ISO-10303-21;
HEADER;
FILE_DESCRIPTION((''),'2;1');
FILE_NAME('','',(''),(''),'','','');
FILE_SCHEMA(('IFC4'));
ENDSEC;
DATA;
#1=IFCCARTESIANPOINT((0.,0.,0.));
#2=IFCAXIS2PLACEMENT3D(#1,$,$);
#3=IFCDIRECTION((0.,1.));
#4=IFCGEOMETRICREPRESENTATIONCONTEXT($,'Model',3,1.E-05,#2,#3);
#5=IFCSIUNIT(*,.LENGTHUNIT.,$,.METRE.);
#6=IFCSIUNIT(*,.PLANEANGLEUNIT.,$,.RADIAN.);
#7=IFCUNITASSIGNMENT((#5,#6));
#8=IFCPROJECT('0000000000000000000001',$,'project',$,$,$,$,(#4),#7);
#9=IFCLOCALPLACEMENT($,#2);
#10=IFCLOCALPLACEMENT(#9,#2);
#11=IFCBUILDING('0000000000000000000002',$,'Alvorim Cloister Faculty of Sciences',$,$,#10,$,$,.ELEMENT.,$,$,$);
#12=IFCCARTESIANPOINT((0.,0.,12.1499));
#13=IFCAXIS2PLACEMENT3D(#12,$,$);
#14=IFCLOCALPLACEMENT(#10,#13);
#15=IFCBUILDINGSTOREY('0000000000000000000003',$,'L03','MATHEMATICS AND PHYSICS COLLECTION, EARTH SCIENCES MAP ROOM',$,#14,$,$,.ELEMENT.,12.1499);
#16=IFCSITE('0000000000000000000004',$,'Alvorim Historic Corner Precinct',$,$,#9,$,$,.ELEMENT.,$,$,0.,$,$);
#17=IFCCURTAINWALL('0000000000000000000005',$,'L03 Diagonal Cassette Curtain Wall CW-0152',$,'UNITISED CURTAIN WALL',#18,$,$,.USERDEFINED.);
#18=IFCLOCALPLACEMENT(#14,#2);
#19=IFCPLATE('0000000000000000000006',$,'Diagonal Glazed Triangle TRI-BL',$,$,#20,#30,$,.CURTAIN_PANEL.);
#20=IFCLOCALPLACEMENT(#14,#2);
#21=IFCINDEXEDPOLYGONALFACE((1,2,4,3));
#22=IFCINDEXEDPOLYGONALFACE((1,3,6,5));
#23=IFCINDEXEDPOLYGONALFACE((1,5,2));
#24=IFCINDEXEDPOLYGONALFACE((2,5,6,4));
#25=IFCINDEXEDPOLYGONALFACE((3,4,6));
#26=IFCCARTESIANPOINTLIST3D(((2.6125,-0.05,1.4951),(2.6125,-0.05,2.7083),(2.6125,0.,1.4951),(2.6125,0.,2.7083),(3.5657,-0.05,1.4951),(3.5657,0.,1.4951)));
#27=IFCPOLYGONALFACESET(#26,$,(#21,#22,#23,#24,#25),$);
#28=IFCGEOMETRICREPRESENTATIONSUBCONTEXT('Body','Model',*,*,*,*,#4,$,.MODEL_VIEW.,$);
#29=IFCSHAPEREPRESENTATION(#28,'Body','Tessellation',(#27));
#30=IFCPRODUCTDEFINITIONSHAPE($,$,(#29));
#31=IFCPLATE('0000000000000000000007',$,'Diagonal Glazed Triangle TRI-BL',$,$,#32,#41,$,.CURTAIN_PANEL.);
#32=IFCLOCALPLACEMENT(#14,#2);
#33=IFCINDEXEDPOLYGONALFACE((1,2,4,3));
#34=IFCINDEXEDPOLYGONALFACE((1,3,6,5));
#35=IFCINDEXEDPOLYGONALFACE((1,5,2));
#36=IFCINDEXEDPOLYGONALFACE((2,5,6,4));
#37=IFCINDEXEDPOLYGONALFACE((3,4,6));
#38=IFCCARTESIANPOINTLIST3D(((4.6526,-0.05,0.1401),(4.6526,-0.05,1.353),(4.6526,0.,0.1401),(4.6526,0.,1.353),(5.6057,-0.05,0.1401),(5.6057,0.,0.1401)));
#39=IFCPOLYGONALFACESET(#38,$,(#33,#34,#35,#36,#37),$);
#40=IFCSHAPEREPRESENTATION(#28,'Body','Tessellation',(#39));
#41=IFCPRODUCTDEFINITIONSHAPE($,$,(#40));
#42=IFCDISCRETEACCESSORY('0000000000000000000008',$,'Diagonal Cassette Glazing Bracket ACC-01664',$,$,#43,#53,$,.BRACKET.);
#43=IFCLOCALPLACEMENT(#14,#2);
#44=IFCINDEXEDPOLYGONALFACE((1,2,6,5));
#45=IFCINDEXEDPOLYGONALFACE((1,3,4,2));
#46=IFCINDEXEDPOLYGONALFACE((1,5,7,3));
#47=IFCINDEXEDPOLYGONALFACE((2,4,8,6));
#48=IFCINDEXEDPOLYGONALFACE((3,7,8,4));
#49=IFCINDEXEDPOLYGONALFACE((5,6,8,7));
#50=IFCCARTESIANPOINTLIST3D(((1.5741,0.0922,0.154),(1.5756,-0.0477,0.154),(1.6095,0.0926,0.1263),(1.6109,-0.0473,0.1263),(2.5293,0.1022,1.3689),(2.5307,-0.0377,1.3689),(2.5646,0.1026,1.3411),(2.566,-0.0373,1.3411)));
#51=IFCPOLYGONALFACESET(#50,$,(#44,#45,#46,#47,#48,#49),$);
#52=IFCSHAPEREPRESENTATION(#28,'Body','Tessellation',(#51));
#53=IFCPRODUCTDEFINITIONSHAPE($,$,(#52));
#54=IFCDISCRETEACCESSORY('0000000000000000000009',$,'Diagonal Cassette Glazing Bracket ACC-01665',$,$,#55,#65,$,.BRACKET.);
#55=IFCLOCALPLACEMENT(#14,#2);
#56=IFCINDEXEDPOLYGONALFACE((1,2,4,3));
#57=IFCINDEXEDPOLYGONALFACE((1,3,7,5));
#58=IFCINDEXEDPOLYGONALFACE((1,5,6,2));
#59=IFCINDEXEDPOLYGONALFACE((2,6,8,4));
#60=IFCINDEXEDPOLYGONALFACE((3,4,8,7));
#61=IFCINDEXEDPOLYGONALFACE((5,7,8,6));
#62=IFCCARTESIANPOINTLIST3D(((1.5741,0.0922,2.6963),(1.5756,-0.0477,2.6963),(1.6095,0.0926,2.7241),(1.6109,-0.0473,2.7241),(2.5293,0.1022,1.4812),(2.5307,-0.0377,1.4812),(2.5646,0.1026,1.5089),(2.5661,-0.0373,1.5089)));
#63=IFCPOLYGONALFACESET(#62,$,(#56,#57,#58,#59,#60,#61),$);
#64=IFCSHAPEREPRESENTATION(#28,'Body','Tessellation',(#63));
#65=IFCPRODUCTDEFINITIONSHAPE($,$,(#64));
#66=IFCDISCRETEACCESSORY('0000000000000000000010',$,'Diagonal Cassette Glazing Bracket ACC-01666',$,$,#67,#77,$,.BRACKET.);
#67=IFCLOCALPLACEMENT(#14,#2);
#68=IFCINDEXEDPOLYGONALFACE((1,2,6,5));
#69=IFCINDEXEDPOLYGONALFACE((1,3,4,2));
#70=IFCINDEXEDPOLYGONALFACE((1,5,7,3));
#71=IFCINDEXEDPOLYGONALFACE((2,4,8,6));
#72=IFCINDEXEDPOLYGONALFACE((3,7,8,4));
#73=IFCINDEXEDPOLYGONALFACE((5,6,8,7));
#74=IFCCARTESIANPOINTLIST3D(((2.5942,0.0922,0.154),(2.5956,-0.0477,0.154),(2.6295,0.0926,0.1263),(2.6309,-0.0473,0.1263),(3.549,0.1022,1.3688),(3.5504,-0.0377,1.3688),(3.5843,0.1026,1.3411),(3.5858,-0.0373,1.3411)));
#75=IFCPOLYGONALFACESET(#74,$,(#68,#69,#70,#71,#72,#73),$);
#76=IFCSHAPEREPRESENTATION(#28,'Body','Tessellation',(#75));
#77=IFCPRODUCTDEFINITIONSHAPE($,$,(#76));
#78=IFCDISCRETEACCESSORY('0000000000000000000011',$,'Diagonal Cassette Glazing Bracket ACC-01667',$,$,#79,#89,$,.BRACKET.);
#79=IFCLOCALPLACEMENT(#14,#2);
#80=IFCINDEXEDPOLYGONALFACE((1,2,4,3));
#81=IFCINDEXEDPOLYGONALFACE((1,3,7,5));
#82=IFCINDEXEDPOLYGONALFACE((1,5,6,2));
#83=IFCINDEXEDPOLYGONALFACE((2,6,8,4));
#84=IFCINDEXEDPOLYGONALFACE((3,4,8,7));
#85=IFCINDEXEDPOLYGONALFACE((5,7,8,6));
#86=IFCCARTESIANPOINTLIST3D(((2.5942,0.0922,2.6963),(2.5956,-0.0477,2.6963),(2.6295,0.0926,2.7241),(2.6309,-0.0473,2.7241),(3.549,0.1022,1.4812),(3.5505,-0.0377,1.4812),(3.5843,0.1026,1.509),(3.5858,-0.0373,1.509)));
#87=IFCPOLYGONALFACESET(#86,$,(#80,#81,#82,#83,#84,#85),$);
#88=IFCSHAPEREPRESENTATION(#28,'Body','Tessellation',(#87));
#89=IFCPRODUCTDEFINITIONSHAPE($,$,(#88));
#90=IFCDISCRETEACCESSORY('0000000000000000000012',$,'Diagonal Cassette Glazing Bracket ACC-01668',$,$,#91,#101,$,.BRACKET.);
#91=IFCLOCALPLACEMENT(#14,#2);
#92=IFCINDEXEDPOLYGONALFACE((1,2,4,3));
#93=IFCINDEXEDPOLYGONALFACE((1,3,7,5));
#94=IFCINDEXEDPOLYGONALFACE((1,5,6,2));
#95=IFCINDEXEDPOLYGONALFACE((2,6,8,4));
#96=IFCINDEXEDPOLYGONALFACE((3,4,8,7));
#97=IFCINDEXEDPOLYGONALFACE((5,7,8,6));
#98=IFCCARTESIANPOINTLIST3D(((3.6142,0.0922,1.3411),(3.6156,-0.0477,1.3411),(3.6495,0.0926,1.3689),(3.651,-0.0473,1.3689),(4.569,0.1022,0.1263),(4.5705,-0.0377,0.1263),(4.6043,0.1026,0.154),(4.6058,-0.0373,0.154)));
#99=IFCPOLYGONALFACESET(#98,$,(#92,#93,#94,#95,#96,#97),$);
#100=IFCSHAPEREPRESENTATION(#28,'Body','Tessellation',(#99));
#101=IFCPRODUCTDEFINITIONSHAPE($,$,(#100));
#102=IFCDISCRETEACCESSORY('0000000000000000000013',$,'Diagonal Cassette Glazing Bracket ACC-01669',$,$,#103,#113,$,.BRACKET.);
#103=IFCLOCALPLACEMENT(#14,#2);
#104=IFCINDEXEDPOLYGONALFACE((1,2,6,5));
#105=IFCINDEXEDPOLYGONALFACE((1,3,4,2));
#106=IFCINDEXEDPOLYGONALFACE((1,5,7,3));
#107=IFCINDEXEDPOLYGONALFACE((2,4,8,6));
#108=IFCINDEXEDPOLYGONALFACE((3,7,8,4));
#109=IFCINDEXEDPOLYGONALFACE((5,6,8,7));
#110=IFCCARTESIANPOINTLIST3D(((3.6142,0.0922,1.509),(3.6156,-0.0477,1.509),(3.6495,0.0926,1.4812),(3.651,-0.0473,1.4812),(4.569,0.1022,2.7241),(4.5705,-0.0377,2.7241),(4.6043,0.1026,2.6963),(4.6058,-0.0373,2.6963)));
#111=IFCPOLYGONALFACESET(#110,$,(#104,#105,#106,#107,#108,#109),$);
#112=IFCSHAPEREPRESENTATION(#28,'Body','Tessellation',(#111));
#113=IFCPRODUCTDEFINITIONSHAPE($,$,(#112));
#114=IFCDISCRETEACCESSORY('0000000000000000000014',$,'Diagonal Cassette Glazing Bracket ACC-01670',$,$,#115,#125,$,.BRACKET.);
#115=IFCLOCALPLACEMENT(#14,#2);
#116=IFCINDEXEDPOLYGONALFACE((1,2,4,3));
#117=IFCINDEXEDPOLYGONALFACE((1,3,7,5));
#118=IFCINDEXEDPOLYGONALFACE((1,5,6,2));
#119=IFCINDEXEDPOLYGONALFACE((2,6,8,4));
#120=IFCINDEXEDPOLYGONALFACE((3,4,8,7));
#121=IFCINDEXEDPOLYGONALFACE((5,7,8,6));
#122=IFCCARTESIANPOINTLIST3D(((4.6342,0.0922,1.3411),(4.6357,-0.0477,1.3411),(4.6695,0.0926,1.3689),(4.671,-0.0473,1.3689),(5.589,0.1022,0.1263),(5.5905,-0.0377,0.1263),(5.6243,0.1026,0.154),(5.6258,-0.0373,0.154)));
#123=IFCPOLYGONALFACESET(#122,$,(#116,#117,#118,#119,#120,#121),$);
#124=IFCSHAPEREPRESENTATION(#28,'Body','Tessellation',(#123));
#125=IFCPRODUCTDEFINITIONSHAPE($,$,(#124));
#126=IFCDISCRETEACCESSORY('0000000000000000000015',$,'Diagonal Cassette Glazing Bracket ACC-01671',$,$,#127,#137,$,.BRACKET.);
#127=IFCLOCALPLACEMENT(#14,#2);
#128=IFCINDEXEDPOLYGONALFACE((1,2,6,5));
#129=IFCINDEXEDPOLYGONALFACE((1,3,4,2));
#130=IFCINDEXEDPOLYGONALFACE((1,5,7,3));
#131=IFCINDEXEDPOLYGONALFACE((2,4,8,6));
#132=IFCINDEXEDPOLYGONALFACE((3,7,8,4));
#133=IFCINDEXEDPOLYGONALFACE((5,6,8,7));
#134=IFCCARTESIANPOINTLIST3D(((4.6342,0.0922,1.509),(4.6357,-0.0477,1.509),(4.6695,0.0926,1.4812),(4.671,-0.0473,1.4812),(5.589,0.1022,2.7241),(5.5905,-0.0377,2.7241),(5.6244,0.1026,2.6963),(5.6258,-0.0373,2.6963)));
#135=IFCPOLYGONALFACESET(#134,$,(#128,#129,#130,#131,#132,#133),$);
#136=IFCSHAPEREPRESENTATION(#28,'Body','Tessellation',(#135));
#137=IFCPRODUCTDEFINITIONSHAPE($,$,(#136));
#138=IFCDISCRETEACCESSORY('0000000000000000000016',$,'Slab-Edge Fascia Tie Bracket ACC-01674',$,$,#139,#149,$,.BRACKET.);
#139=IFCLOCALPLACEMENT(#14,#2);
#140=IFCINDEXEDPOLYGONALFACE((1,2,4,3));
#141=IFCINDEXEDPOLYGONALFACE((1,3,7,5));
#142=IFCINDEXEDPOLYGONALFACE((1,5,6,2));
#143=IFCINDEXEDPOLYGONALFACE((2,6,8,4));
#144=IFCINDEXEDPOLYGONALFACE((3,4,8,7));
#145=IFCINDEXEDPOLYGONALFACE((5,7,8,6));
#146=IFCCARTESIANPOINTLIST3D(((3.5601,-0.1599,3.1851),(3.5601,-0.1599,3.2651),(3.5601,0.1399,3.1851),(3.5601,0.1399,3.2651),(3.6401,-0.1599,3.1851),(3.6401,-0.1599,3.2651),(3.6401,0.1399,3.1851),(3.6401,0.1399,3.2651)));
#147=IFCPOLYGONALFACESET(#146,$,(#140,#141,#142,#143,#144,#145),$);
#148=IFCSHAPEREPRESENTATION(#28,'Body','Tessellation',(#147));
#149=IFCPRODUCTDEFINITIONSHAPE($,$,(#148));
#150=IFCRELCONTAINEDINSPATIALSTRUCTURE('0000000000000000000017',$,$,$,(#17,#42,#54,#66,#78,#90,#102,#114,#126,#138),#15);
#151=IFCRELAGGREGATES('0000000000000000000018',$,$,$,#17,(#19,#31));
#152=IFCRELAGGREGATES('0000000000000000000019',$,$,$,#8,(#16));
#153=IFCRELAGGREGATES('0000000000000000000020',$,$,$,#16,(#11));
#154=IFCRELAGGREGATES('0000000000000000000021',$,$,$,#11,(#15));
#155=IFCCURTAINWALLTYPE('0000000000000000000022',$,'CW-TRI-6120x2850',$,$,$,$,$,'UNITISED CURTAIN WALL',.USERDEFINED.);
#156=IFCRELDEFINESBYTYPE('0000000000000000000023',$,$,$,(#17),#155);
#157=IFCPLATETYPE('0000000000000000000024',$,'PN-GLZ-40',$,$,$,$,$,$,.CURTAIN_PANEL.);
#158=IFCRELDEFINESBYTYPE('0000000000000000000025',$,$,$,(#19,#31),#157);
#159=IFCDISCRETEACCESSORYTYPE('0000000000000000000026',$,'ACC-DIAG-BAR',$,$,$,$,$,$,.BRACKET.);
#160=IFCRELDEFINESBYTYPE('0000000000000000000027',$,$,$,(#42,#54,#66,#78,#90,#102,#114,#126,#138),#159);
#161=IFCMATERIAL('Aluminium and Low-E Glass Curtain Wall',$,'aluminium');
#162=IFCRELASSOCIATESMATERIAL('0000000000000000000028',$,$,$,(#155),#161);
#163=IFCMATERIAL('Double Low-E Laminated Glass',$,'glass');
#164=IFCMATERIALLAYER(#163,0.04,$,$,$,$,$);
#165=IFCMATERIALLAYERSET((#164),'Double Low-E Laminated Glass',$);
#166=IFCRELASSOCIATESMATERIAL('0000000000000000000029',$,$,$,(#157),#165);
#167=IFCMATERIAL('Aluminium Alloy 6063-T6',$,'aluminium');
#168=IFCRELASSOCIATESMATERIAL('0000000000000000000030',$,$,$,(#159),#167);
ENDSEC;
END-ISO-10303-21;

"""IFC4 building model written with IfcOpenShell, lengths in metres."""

from ifc_helpers import new_model, si_unit, direction, frame, origin, origin_2d, place, context, subcontext, project, spatial, polyline, rectangle, outline, extrude, material, layer, layer_set, type_object, element, aggregate, save


model = new_model("IFC4")

# Units and contexts
model_context = context("Model", 3, precision=1e-05, world=origin(), true_north=direction((0.0, 1.0)))
body_context = subcontext(model_context, "Body", "Model", "MODEL_VIEW")
ifc_project = project(units=[si_unit("LENGTHUNIT", "METRE"), si_unit("PLANEANGLEUNIT", "RADIAN")], contexts=[model_context])

# Site, building, storey
site_placement = place(None, origin())
site = spatial("IfcSite", under=ifc_project, at=site_placement, Name="Alvorim Historic Corner Precinct", CompositionType="ELEMENT", RefElevation=0.0)
building_placement = place(site_placement, origin())
building = spatial("IfcBuilding", under=site, at=building_placement, Name="Alvorim Cloister Faculty of Sciences", CompositionType="ELEMENT")
storey_placement = place(building_placement, frame((0.0, 0.0, 12.1499)))
storey = spatial("IfcBuildingStorey", under=building, at=storey_placement, Name="L03", Description="MATHEMATICS AND PHYSICS COLLECTION, EARTH SCIENCES MAP ROOM", CompositionType="ELEMENT", Elevation=12.1499)

# Curtain wall, plates
ifc_material_1 = material(Name="Aluminium and Low-E Glass Curtain Wall", Category="aluminium")
curtain_wall_type = type_object("IfcCurtainWallType", Name="CW-TRI-6120x2850", ElementType="UNITISED CURTAIN WALL", PredefinedType="USERDEFINED", material=ifc_material_1)
curtain_wall_placement = place(storey_placement, origin())
curtain_wall = element("IfcCurtainWall", 1, at=curtain_wall_placement, inside=storey, type_object=curtain_wall_type, Name="L03 Diagonal Cassette Curtain Wall CW-0152", ObjectType="UNITISED CURTAIN WALL", PredefinedType="USERDEFINED")
ifc_material_2 = material(Name="Aluminium Alloy 6063-T6", Category="aluminium")
ifc_material_3 = material(Name="Double Low-E Laminated Glass", Category="glass")
ifc_layer = layer(ifc_material_3, 0.04)
ifc_layer_set = layer_set([ifc_layer], Name="Double Low-E Laminated Glass")
plate_type = type_object("IfcPlateType", Name="PN-GLZ-40", PredefinedType="CURTAIN_PANEL", material=ifc_layer_set)
plate_1_placement = place(storey_placement, frame((2.6125, -0.0249, 1.4951), z_axis=(0.0, 0.0, 1.0), x_axis=(1.0, 0.0, 0.0)))
plate_1 = element("IfcPlate", 2, at=plate_1_placement, type_object=plate_type, Name="Diagonal Glazed Triangle TRI-BL", PredefinedType="CURTAIN_PANEL", context=body_context, shape_type="SweptSolid", body=[
    extrude(outline(polyline([(0.0, 0.0), (0.9531, 0.0), (0.0, 1.2131), (0.0, 0.0)])), frame((0.0, 0.0249, 0.0), z_axis=(0.0, -1.0, 0.0), x_axis=(1.0, 0.0, 0.0)), (0.0, 0.0, 1.0), 0.05),
])
plate_2_placement = place(storey_placement, frame((4.6526, -0.0249, 0.1401), z_axis=(0.0, 0.0, 1.0), x_axis=(1.0, 0.0, 0.0)))
plate_2 = element("IfcPlate", 3, at=plate_2_placement, type_object=plate_type, Name="Diagonal Glazed Triangle TRI-BL", PredefinedType="CURTAIN_PANEL", context=body_context, shape_type="SweptSolid", body=[
    extrude(outline(polyline([(0.0, 0.0), (0.9531, 0.0), (0.0, 1.2129), (0.0, 0.0)])), frame((0.0, 0.0249, 0.0), z_axis=(0.0, -1.0, 0.0), x_axis=(1.0, 0.0, 0.0)), (0.0, 0.0, 1.0), 0.05),
])
aggregate(curtain_wall, [plate_1, plate_2])

# Discrete accessories
discrete_accessory_type = type_object("IfcDiscreteAccessoryType", Name="ACC-DIAG-BAR", PredefinedType="BRACKET", material=ifc_material_2)
discrete_accessory_1_placement = place(storey_placement, frame((1.5925, 0.0225, 0.1401), z_axis=(0.618032, 0.006477, 0.786126), x_axis=(-0.01048, 0.999945, 0.0)))
element("IfcDiscreteAccessory", 4, at=discrete_accessory_1_placement, inside=storey, type_object=discrete_accessory_type, Name="Diagonal Cassette Glazing Bracket ACC-01664", PredefinedType="BRACKET", context=body_context, shape_type="SweptSolid", body=[
    extrude(rectangle(XDim=0.1399, YDim=0.0449, at=origin_2d()), origin(), (0.0, 0.0, 1.0), 1.5454),
])
discrete_accessory_2_placement = place(storey_placement, frame((1.5925, 0.0225, 2.7102), z_axis=(0.617955, 0.006477, -0.786187), x_axis=(-0.01048, 0.999945, 0.0)))
element("IfcDiscreteAccessory", 5, at=discrete_accessory_2_placement, inside=storey, type_object=discrete_accessory_type, Name="Diagonal Cassette Glazing Bracket ACC-01665", PredefinedType="BRACKET", context=body_context, shape_type="SweptSolid", body=[
    extrude(rectangle(XDim=0.1399, YDim=0.0449, at=origin_2d()), origin(), (0.0, 0.0, 1.0), 1.5457),
])
discrete_accessory_3_placement = place(storey_placement, frame((2.6125, 0.0225, 0.1401), z_axis=(0.617934, 0.006478, 0.786203), x_axis=(-0.010483, 0.999945, 0.0)))
element("IfcDiscreteAccessory", 6, at=discrete_accessory_3_placement, inside=storey, type_object=discrete_accessory_type, Name="Diagonal Cassette Glazing Bracket ACC-01666", PredefinedType="BRACKET", context=body_context, shape_type="SweptSolid", body=[
    extrude(rectangle(XDim=0.1399, YDim=0.0449, at=origin_2d()), origin(), (0.0, 0.0, 1.0), 1.5452),
])
discrete_accessory_4_placement = place(storey_placement, frame((2.6125, 0.0225, 2.7102), z_axis=(0.617857, 0.006477, -0.786263), x_axis=(-0.010483, 0.999945, 0.0)))
element("IfcDiscreteAccessory", 7, at=discrete_accessory_4_placement, inside=storey, type_object=discrete_accessory_type, Name="Diagonal Cassette Glazing Bracket ACC-01667", PredefinedType="BRACKET", context=body_context, shape_type="SweptSolid", body=[
    extrude(rectangle(XDim=0.1399, YDim=0.0449, at=origin_2d()), origin(), (0.0, 0.0, 1.0), 1.5454),
])
discrete_accessory_5_placement = place(storey_placement, frame((3.6326, 0.0225, 1.355), z_axis=(0.617934, 0.006478, -0.786203), x_axis=(-0.010483, 0.999945, 0.0)))
element("IfcDiscreteAccessory", 8, at=discrete_accessory_5_placement, inside=storey, type_object=discrete_accessory_type, Name="Diagonal Cassette Glazing Bracket ACC-01668", PredefinedType="BRACKET", context=body_context, shape_type="SweptSolid", body=[
    extrude(rectangle(XDim=0.1399, YDim=0.0449, at=origin_2d()), origin(), (0.0, 0.0, 1.0), 1.5452),
])
discrete_accessory_6_placement = place(storey_placement, frame((3.6326, 0.0225, 1.4951), z_axis=(0.617857, 0.006477, 0.786263), x_axis=(-0.010483, 0.999945, 0.0)))
element("IfcDiscreteAccessory", 9, at=discrete_accessory_6_placement, inside=storey, type_object=discrete_accessory_type, Name="Diagonal Cassette Glazing Bracket ACC-01669", PredefinedType="BRACKET", context=body_context, shape_type="SweptSolid", body=[
    extrude(rectangle(XDim=0.1399, YDim=0.0449, at=origin_2d()), origin(), (0.0, 0.0, 1.0), 1.5454),
])
discrete_accessory_7_placement = place(storey_placement, frame((4.6526, 0.0225, 1.355), z_axis=(0.617934, 0.006478, -0.786203), x_axis=(-0.010483, 0.999945, 0.0)))
element("IfcDiscreteAccessory", 10, at=discrete_accessory_7_placement, inside=storey, type_object=discrete_accessory_type, Name="Diagonal Cassette Glazing Bracket ACC-01670", PredefinedType="BRACKET", context=body_context, shape_type="SweptSolid", body=[
    extrude(rectangle(XDim=0.1399, YDim=0.0449, at=origin_2d()), origin(), (0.0, 0.0, 1.0), 1.5452),
])
discrete_accessory_8_placement = place(storey_placement, frame((4.6526, 0.0225, 1.4951), z_axis=(0.617857, 0.006477, 0.786263), x_axis=(-0.010483, 0.999945, 0.0)))
element("IfcDiscreteAccessory", 11, at=discrete_accessory_8_placement, inside=storey, type_object=discrete_accessory_type, Name="Diagonal Cassette Glazing Bracket ACC-01671", PredefinedType="BRACKET", context=body_context, shape_type="SweptSolid", body=[
    extrude(rectangle(XDim=0.1399, YDim=0.0449, at=origin_2d()), origin(), (0.0, 0.0, 1.0), 1.5454),
])
discrete_accessory_9_placement = place(storey_placement, frame((3.6001, 0.1399, 3.2251), z_axis=(0.0, -1.0, 0.0), x_axis=(1.0, 0.0, 0.0)))
element("IfcDiscreteAccessory", 12, at=discrete_accessory_9_placement, inside=storey, type_object=discrete_accessory_type, Name="Slab-Edge Fascia Tie Bracket ACC-01674", PredefinedType="BRACKET", context=body_context, shape_type="SweptSolid", body=[
    extrude(rectangle(XDim=0.0801, YDim=0.0801, at=origin_2d()), origin(), (0.0, 0.0, 1.0), 0.2998),
])

save(model, "model.ifc")
